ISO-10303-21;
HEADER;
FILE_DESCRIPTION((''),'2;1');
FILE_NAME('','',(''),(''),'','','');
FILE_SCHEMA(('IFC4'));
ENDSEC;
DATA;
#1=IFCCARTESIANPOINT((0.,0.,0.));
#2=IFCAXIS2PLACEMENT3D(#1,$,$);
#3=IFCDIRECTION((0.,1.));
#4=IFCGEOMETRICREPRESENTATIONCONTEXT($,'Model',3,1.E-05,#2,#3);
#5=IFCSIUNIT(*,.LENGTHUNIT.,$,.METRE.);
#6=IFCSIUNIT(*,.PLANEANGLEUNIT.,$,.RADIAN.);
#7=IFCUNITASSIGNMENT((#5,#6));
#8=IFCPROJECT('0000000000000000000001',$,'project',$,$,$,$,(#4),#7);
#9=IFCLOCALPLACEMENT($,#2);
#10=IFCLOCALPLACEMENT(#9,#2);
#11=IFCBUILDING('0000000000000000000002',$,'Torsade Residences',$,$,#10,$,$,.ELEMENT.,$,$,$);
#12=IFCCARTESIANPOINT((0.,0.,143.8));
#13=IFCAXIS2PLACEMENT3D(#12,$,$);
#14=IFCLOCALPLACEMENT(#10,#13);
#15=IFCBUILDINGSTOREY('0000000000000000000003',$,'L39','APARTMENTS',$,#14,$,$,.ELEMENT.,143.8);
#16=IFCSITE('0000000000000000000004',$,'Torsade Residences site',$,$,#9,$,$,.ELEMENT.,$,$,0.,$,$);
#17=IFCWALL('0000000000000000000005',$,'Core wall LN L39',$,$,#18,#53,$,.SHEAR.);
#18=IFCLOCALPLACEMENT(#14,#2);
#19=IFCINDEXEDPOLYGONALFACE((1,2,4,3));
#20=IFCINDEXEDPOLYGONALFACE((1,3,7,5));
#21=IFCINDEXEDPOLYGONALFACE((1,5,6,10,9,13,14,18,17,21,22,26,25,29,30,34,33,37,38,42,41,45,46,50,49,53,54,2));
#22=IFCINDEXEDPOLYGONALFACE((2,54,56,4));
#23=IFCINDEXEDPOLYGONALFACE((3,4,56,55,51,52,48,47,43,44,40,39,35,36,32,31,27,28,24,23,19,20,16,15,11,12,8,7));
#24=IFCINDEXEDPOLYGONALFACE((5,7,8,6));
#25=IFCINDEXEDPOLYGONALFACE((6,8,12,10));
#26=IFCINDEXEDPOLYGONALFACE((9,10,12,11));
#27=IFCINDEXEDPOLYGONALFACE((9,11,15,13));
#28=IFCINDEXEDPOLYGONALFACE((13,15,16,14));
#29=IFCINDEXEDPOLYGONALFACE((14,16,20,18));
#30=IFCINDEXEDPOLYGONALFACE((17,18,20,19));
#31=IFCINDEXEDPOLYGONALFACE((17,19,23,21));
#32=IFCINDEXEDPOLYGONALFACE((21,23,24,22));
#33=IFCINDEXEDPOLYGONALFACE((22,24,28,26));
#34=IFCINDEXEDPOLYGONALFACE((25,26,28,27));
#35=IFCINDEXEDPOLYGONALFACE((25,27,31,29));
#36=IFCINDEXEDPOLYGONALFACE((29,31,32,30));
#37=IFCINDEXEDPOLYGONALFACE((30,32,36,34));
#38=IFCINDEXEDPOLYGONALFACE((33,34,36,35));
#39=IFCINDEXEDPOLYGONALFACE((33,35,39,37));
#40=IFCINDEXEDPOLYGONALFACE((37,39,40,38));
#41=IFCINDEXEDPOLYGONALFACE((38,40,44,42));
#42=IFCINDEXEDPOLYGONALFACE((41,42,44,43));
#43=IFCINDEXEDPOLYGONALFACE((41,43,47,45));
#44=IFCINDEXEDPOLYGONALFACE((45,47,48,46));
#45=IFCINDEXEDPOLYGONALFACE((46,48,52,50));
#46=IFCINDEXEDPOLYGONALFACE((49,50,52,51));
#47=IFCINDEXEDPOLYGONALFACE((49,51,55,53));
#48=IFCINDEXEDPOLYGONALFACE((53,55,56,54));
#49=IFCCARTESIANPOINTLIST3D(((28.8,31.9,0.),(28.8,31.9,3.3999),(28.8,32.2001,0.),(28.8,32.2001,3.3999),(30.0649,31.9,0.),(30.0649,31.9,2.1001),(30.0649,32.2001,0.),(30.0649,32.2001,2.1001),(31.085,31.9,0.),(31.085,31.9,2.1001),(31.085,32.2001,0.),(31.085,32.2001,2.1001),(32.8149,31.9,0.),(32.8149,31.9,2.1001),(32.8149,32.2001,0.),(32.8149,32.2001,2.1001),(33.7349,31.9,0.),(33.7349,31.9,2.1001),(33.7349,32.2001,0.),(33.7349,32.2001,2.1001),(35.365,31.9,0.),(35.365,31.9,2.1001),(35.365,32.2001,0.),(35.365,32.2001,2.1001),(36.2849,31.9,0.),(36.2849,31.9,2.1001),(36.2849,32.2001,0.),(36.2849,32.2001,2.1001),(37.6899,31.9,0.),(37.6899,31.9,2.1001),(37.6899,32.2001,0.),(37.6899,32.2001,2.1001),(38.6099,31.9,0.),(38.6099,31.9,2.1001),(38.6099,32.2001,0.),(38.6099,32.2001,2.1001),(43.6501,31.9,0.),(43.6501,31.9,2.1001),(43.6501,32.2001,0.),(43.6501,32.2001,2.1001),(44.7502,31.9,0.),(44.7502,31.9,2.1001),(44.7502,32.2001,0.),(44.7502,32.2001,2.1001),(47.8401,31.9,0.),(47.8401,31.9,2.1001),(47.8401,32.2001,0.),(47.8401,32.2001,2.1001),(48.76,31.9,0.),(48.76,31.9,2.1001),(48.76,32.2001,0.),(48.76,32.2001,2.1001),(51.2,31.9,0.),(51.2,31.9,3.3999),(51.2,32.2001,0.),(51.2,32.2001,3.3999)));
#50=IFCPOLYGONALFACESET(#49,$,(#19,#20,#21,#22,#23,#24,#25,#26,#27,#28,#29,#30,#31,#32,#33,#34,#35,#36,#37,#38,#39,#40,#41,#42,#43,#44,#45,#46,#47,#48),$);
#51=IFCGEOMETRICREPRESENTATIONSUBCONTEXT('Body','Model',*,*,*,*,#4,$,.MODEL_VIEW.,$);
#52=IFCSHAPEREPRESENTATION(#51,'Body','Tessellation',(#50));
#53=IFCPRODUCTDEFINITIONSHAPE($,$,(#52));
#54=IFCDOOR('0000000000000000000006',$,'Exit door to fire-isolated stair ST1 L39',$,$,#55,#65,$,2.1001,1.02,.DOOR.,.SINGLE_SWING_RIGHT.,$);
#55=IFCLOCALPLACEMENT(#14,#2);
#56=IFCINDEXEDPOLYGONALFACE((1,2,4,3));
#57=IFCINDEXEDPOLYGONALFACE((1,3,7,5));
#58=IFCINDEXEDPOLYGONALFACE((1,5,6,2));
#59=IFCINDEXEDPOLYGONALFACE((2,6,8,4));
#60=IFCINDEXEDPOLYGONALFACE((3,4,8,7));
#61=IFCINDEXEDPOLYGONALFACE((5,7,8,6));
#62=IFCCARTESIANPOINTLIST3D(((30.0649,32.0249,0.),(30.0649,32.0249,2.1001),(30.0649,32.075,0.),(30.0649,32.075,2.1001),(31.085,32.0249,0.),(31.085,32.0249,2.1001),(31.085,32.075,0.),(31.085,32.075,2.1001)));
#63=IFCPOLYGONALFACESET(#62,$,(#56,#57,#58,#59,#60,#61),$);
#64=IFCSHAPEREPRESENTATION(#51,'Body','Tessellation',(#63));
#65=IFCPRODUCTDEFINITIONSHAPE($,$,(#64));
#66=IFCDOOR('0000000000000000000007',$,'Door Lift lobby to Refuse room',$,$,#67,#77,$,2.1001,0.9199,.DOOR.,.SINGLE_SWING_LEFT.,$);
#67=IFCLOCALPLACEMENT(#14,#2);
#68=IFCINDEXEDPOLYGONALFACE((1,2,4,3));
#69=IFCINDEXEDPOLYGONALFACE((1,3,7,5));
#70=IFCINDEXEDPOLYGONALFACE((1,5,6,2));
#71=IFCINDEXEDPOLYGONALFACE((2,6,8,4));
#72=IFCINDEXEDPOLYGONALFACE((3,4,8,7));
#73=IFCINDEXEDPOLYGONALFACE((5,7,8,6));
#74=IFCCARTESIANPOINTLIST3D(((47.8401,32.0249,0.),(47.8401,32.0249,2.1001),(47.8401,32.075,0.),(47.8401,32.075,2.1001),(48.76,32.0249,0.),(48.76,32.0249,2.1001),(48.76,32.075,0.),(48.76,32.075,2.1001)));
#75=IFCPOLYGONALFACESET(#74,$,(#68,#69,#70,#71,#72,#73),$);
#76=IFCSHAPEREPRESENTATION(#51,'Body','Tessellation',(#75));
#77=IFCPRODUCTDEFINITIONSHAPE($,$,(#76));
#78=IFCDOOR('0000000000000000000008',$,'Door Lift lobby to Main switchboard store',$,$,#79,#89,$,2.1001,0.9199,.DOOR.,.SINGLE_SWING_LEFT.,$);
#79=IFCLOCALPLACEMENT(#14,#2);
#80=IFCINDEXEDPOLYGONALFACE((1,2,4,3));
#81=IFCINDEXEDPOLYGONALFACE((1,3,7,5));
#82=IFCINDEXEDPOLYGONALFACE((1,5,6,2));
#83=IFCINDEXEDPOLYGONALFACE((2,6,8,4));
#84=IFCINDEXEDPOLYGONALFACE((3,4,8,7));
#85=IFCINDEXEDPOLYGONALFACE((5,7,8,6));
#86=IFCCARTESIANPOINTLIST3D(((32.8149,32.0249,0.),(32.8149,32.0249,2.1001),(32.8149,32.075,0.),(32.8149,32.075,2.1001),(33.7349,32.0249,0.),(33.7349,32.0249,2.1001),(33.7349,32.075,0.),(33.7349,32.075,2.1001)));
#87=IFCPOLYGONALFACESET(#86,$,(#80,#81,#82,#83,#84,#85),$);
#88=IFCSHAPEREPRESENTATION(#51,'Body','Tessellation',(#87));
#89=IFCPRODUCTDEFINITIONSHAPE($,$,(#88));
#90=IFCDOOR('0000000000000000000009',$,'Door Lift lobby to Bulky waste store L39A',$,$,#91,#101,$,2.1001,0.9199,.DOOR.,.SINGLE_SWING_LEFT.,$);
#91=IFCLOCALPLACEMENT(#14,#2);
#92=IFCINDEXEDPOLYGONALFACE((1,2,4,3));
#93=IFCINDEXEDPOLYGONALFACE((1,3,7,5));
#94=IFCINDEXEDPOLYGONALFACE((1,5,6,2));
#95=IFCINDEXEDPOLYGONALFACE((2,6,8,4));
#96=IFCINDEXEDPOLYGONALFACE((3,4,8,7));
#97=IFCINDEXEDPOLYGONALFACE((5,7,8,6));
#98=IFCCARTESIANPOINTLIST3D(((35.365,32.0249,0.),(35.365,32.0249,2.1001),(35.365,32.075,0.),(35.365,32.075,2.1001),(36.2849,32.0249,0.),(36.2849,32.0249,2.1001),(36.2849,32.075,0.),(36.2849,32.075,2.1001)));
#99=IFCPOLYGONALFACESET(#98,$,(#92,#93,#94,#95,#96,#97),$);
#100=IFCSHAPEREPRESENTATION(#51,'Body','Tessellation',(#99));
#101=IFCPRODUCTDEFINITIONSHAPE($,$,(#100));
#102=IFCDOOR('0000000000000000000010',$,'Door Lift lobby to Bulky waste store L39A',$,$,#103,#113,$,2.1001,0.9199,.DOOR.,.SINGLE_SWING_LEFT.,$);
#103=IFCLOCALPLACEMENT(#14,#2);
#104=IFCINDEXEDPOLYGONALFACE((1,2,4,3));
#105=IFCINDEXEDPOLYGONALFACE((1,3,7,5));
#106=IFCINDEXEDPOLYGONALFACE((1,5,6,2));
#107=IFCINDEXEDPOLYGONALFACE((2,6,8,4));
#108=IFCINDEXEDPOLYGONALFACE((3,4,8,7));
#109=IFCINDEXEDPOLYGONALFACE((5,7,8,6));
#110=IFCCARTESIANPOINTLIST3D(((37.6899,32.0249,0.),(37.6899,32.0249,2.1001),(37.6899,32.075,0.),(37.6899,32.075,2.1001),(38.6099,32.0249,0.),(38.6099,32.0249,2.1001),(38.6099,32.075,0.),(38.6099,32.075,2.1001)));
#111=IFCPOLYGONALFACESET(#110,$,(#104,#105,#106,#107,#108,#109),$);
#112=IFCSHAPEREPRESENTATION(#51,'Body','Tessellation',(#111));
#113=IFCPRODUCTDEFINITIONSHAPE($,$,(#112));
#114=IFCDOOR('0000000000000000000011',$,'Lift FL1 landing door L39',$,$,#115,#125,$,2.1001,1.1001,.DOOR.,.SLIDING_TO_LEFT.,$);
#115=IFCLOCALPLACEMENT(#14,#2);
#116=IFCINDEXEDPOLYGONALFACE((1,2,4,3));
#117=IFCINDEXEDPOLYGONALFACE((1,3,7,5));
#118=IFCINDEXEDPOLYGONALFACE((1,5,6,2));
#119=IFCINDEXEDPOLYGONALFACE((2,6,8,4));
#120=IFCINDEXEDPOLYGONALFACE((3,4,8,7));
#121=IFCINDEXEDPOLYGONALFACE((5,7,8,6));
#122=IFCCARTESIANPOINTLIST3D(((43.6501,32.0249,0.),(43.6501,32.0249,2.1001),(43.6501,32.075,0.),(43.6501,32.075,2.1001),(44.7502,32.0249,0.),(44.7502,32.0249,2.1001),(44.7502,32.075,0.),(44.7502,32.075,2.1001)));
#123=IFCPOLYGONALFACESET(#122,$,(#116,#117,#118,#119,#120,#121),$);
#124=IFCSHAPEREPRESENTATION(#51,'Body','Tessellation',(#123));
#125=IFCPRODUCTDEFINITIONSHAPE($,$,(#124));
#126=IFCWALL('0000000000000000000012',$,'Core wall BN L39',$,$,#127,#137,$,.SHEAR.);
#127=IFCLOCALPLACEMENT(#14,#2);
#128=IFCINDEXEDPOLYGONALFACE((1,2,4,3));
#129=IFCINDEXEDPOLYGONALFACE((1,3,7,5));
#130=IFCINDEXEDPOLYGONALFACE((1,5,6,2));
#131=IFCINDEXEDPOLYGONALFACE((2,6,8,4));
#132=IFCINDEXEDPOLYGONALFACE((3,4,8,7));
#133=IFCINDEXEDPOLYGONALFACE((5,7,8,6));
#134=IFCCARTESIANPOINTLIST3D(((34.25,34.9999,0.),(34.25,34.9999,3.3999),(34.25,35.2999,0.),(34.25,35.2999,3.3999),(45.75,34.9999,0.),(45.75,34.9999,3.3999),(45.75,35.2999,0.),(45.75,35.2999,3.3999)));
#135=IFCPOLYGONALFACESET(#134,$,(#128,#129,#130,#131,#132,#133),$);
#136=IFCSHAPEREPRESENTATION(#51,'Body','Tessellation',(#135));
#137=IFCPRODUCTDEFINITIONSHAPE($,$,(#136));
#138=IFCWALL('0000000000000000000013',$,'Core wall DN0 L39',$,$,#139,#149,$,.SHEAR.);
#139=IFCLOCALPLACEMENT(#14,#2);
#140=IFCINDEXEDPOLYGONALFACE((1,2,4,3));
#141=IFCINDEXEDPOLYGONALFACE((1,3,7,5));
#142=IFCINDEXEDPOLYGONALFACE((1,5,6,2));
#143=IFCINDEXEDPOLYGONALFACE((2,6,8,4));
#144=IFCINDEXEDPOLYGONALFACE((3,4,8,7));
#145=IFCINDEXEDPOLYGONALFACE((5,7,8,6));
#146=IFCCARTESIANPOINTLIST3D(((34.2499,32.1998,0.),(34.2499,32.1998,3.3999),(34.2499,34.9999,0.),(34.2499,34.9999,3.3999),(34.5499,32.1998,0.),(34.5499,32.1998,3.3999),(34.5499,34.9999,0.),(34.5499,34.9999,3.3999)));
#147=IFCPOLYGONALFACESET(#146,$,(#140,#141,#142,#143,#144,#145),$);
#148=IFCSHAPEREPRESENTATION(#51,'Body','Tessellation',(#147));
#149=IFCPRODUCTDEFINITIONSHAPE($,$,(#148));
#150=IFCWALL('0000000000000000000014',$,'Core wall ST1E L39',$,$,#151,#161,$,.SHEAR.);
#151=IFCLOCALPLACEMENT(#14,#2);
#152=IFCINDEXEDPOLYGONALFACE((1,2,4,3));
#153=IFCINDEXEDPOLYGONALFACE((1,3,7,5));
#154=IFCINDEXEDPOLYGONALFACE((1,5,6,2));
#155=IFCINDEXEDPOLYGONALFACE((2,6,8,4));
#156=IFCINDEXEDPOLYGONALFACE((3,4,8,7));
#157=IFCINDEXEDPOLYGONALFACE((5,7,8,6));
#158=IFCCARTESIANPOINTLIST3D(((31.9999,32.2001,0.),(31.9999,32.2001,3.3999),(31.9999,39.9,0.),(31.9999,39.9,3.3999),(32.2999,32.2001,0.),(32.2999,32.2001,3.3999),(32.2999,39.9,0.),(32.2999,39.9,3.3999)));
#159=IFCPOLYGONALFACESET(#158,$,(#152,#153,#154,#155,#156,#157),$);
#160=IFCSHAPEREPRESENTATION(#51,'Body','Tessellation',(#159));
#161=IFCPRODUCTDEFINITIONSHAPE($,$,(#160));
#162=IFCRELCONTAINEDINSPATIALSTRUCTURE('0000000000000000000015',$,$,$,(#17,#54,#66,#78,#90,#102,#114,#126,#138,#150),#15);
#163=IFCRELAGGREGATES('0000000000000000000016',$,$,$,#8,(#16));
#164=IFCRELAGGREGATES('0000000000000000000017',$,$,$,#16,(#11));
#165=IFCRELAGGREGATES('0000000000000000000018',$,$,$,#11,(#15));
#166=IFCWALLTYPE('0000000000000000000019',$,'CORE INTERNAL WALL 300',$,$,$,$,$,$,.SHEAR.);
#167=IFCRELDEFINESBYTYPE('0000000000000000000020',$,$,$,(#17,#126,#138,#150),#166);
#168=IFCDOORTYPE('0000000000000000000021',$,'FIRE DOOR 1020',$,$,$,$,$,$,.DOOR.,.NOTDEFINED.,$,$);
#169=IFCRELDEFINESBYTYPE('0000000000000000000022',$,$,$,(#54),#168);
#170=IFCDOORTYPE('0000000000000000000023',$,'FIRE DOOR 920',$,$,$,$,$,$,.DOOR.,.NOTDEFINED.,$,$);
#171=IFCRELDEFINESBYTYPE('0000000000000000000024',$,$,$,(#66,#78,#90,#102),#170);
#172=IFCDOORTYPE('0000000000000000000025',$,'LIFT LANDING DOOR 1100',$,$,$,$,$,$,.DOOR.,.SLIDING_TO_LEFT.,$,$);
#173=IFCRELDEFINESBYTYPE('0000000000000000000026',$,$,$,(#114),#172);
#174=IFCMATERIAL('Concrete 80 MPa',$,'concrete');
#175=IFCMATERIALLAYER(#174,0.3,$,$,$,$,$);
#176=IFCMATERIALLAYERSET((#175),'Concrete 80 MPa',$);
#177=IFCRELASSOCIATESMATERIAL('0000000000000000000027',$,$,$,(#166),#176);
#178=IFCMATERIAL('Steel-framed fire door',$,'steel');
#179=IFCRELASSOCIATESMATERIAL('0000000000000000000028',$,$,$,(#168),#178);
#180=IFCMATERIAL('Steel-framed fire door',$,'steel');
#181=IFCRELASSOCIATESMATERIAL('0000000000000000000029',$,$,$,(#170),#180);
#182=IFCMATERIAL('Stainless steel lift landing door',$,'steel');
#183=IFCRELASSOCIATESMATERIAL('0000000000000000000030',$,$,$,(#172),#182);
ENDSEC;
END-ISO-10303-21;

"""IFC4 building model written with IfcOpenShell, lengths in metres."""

from ifc_helpers import new_model, si_unit, direction, frame, frame_2d, origin, place, context, subcontext, project, spatial, rectangle, extrude, material, layer, layer_set, type_object, element, fill, save


model = new_model("IFC4")

# Units and contexts
model_context = context("Model", 3, precision=1e-05, world=origin(), true_north=direction((0.0, 1.0)))
body_context = subcontext(model_context, "Body", "Model", "MODEL_VIEW")
ifc_project = project(units=[si_unit("LENGTHUNIT", "METRE"), si_unit("PLANEANGLEUNIT", "RADIAN")], contexts=[model_context])

# Site, building, storey
site_placement = place(None, origin())
site = spatial("IfcSite", under=ifc_project, at=site_placement, Name="Torsade Residences site", CompositionType="ELEMENT", RefElevation=0.0)
building_placement = place(site_placement, origin())
building = spatial("IfcBuilding", under=site, at=building_placement, Name="Torsade Residences", CompositionType="ELEMENT")
storey_placement = place(building_placement, frame((0.0, 0.0, 143.8)))
storey = spatial("IfcBuildingStorey", under=building, at=storey_placement, Name="L39", Description="APARTMENTS", CompositionType="ELEMENT", Elevation=143.8)

# Wall, openings, doors
ifc_material_1 = material(Name="Concrete 80 MPa", Category="concrete")
ifc_layer_1 = layer(ifc_material_1, 0.3)
ifc_layer_set_1 = layer_set([ifc_layer_1], Name="Concrete 80 MPa")
wall_type_1 = type_object("IfcWallType", Name="CORE INTERNAL WALL 300", PredefinedType="SHEAR", material=ifc_layer_set_1)
wall_1_placement = place(storey_placement, frame((28.8, 32.05, 0.0), z_axis=(0.0, 0.0, 1.0), x_axis=(1.0, 0.0, 0.0)))
wall_1 = element("IfcWall", 1, at=wall_1_placement, inside=storey, type_object=wall_type_1, Name="Core wall LN L39", PredefinedType="SHEAR", context=body_context, shape_type="SweptSolid", body=[
    extrude(rectangle(XDim=22.3999, YDim=0.3, at=frame_2d((11.2, 0.0))), origin(), (0.0, 0.0, 1.0), 3.3999),
])
opening_1_placement = place(wall_1_placement, frame((19.04, 0.0, 0.0)))
opening_1 = element("IfcOpeningElement", 2, at=opening_1_placement, cuts=wall_1, PredefinedType="OPENING", context=body_context, shape_type="SweptSolid", body=[
    extrude(rectangle(XDim=0.9199, YDim=2.1001, at=frame_2d((0.46, 1.05))), frame((0.0, 0.1599, 0.0), z_axis=(0.0, -1.0, 0.0), x_axis=(1.0, 0.0, 0.0)), (0.0, 0.0, 1.0), 0.3201),
])
opening_2_placement = place(wall_1_placement, frame((1.2649, 0.0, 0.0)))
opening_2 = element("IfcOpeningElement", 3, at=opening_2_placement, cuts=wall_1, PredefinedType="OPENING", context=body_context, shape_type="SweptSolid", body=[
    extrude(rectangle(XDim=1.02, YDim=2.1001, at=frame_2d((0.51, 1.05))), frame((0.0, 0.1599, 0.0), z_axis=(0.0, -1.0, 0.0), x_axis=(1.0, 0.0, 0.0)), (0.0, 0.0, 1.0), 0.3201),
])
opening_3_placement = place(wall_1_placement, frame((4.0149, 0.0, 0.0)))
opening_3 = element("IfcOpeningElement", 4, at=opening_3_placement, cuts=wall_1, PredefinedType="OPENING", context=body_context, shape_type="SweptSolid", body=[
    extrude(rectangle(XDim=0.9199, YDim=2.1001, at=frame_2d((0.46, 1.05))), frame((0.0, 0.1599, 0.0), z_axis=(0.0, -1.0, 0.0), x_axis=(1.0, 0.0, 0.0)), (0.0, 0.0, 1.0), 0.3201),
])
opening_4_placement = place(wall_1_placement, frame((6.5649, 0.0, 0.0)))
opening_4 = element("IfcOpeningElement", 5, at=opening_4_placement, cuts=wall_1, PredefinedType="OPENING", context=body_context, shape_type="SweptSolid", body=[
    extrude(rectangle(XDim=0.9199, YDim=2.1001, at=frame_2d((0.46, 1.05))), frame((0.0, 0.1599, 0.0), z_axis=(0.0, -1.0, 0.0), x_axis=(1.0, 0.0, 0.0)), (0.0, 0.0, 1.0), 0.3201),
])
opening_5_placement = place(wall_1_placement, frame((8.8899, 0.0, 0.0)))
opening_5 = element("IfcOpeningElement", 6, at=opening_5_placement, cuts=wall_1, PredefinedType="OPENING", context=body_context, shape_type="SweptSolid", body=[
    extrude(rectangle(XDim=0.9199, YDim=2.1001, at=frame_2d((0.46, 1.05))), frame((0.0, 0.1599, 0.0), z_axis=(0.0, -1.0, 0.0), x_axis=(1.0, 0.0, 0.0)), (0.0, 0.0, 1.0), 0.3201),
])
opening_6_placement = place(wall_1_placement, frame((14.8501, 0.0, 0.0)))
opening_6 = element("IfcOpeningElement", 7, at=opening_6_placement, cuts=wall_1, PredefinedType="OPENING", context=body_context, shape_type="SweptSolid", body=[
    extrude(rectangle(XDim=1.1001, YDim=2.1001, at=frame_2d((0.55, 1.05))), frame((0.0, 0.1599, 0.0), z_axis=(0.0, -1.0, 0.0), x_axis=(1.0, 0.0, 0.0)), (0.0, 0.0, 1.0), 0.3201),
])
ifc_material_2 = material(Name="Steel-framed fire door", Category="steel")
door_type_1 = type_object("IfcDoorType", Name="FIRE DOOR 1020", OperationType="NOTDEFINED", PredefinedType="DOOR", material=ifc_material_2)
door_1_placement = place(opening_2_placement, origin())
door_1 = element("IfcDoor", 8, at=door_1_placement, inside=storey, type_object=door_type_1, Name="Exit door to fire-isolated stair ST1 L39", OperationType="SINGLE_SWING_RIGHT", OverallHeight=2.1001, OverallWidth=1.02, PredefinedType="DOOR", context=body_context, shape_type="SweptSolid", body=[
    extrude(rectangle(XDim=1.02, YDim=2.1001, at=frame_2d((0.51, 1.05))), frame((0.0, 0.0249, 0.0), z_axis=(0.0, -1.0, 0.0), x_axis=(1.0, 0.0, 0.0)), (0.0, 0.0, 1.0), 0.05),
])
fill(opening_2, door_1)
ifc_material_3 = material(Name="Steel-framed fire door", Category="steel")
door_type_2 = type_object("IfcDoorType", Name="FIRE DOOR 920", OperationType="NOTDEFINED", PredefinedType="DOOR", material=ifc_material_3)
door_2_placement = place(opening_1_placement, origin())
door_2 = element("IfcDoor", 9, at=door_2_placement, inside=storey, type_object=door_type_2, Name="Door Lift lobby to Refuse room", OperationType="SINGLE_SWING_LEFT", OverallHeight=2.1001, OverallWidth=0.9199, PredefinedType="DOOR", context=body_context, shape_type="SweptSolid", body=[
    extrude(rectangle(XDim=0.9199, YDim=2.1001, at=frame_2d((0.46, 1.05))), frame((0.0, 0.0249, 0.0), z_axis=(0.0, -1.0, 0.0), x_axis=(1.0, 0.0, 0.0)), (0.0, 0.0, 1.0), 0.05),
])
fill(opening_1, door_2)
door_3_placement = place(opening_3_placement, origin())
door_3 = element("IfcDoor", 10, at=door_3_placement, inside=storey, type_object=door_type_2, Name="Door Lift lobby to Main switchboard store", OperationType="SINGLE_SWING_LEFT", OverallHeight=2.1001, OverallWidth=0.9199, PredefinedType="DOOR", context=body_context, shape_type="SweptSolid", body=[
    extrude(rectangle(XDim=0.9199, YDim=2.1001, at=frame_2d((0.46, 1.05))), frame((0.0, 0.0249, 0.0), z_axis=(0.0, -1.0, 0.0), x_axis=(1.0, 0.0, 0.0)), (0.0, 0.0, 1.0), 0.05),
])
fill(opening_3, door_3)
door_4_placement = place(opening_4_placement, origin())
door_4 = element("IfcDoor", 11, at=door_4_placement, inside=storey, type_object=door_type_2, Name="Door Lift lobby to Bulky waste store L39A", OperationType="SINGLE_SWING_LEFT", OverallHeight=2.1001, OverallWidth=0.9199, PredefinedType="DOOR", context=body_context, shape_type="SweptSolid", body=[
    extrude(rectangle(XDim=0.9199, YDim=2.1001, at=frame_2d((0.46, 1.05))), frame((0.0, 0.0249, 0.0), z_axis=(0.0, -1.0, 0.0), x_axis=(1.0, 0.0, 0.0)), (0.0, 0.0, 1.0), 0.05),
])
fill(opening_4, door_4)
door_5_placement = place(opening_5_placement, origin())
door_5 = element("IfcDoor", 12, at=door_5_placement, inside=storey, type_object=door_type_2, Name="Door Lift lobby to Bulky waste store L39A", OperationType="SINGLE_SWING_LEFT", OverallHeight=2.1001, OverallWidth=0.9199, PredefinedType="DOOR", context=body_context, shape_type="SweptSolid", body=[
    extrude(rectangle(XDim=0.9199, YDim=2.1001, at=frame_2d((0.46, 1.05))), frame((0.0, 0.0249, 0.0), z_axis=(0.0, -1.0, 0.0), x_axis=(1.0, 0.0, 0.0)), (0.0, 0.0, 1.0), 0.05),
])
fill(opening_5, door_5)
ifc_material_4 = material(Name="Stainless steel lift landing door", Category="steel")
door_type_3 = type_object("IfcDoorType", Name="LIFT LANDING DOOR 1100", OperationType="SLIDING_TO_LEFT", PredefinedType="DOOR", material=ifc_material_4)
door_6_placement = place(opening_6_placement, origin())
door_6 = element("IfcDoor", 13, at=door_6_placement, inside=storey, type_object=door_type_3, Name="Lift FL1 landing door L39", OperationType="SLIDING_TO_LEFT", OverallHeight=2.1001, OverallWidth=1.1001, PredefinedType="DOOR", context=body_context, shape_type="SweptSolid", body=[
    extrude(rectangle(XDim=1.1001, YDim=2.1001, at=frame_2d((0.55, 1.05))), frame((0.0, 0.0249, 0.0), z_axis=(0.0, -1.0, 0.0), x_axis=(1.0, 0.0, 0.0)), (0.0, 0.0, 1.0), 0.05),
])
fill(opening_6, door_6)

# Walls
wall_2_placement = place(storey_placement, frame((34.25, 35.1499, 0.0), z_axis=(0.0, 0.0, 1.0), x_axis=(1.0, 0.0, 0.0)))
element("IfcWall", 14, at=wall_2_placement, inside=storey, type_object=wall_type_1, Name="Core wall BN L39", PredefinedType="SHEAR", context=body_context, shape_type="SweptSolid", body=[
    extrude(rectangle(XDim=11.5, YDim=0.3, at=frame_2d((5.75, 0.0))), origin(), (0.0, 0.0, 1.0), 3.3999),
])
wall_3_placement = place(storey_placement, frame((34.3999, 32.2, 0.0), z_axis=(0.0, 0.0, 1.0), x_axis=(0.0, 1.0, 0.0)))
element("IfcWall", 15, at=wall_3_placement, inside=storey, type_object=wall_type_1, Name="Core wall DN0 L39", PredefinedType="SHEAR", context=body_context, shape_type="SweptSolid", body=[
    extrude(rectangle(XDim=2.8, YDim=0.3, at=frame_2d((1.3999, 0.0))), origin(), (0.0, 0.0, 1.0), 3.3999),
])
wall_4_placement = place(storey_placement, frame((32.1499, 32.2, 0.0), z_axis=(0.0, 0.0, 1.0), x_axis=(0.0, 1.0, 0.0)))
element("IfcWall", 16, at=wall_4_placement, inside=storey, type_object=wall_type_1, Name="Core wall ST1E L39", PredefinedType="SHEAR", context=body_context, shape_type="SweptSolid", body=[
    extrude(rectangle(XDim=7.7, YDim=0.3, at=frame_2d((3.8501, 0.0))), origin(), (0.0, 0.0, 1.0), 3.3999),
])

save(model, "model.ifc")
